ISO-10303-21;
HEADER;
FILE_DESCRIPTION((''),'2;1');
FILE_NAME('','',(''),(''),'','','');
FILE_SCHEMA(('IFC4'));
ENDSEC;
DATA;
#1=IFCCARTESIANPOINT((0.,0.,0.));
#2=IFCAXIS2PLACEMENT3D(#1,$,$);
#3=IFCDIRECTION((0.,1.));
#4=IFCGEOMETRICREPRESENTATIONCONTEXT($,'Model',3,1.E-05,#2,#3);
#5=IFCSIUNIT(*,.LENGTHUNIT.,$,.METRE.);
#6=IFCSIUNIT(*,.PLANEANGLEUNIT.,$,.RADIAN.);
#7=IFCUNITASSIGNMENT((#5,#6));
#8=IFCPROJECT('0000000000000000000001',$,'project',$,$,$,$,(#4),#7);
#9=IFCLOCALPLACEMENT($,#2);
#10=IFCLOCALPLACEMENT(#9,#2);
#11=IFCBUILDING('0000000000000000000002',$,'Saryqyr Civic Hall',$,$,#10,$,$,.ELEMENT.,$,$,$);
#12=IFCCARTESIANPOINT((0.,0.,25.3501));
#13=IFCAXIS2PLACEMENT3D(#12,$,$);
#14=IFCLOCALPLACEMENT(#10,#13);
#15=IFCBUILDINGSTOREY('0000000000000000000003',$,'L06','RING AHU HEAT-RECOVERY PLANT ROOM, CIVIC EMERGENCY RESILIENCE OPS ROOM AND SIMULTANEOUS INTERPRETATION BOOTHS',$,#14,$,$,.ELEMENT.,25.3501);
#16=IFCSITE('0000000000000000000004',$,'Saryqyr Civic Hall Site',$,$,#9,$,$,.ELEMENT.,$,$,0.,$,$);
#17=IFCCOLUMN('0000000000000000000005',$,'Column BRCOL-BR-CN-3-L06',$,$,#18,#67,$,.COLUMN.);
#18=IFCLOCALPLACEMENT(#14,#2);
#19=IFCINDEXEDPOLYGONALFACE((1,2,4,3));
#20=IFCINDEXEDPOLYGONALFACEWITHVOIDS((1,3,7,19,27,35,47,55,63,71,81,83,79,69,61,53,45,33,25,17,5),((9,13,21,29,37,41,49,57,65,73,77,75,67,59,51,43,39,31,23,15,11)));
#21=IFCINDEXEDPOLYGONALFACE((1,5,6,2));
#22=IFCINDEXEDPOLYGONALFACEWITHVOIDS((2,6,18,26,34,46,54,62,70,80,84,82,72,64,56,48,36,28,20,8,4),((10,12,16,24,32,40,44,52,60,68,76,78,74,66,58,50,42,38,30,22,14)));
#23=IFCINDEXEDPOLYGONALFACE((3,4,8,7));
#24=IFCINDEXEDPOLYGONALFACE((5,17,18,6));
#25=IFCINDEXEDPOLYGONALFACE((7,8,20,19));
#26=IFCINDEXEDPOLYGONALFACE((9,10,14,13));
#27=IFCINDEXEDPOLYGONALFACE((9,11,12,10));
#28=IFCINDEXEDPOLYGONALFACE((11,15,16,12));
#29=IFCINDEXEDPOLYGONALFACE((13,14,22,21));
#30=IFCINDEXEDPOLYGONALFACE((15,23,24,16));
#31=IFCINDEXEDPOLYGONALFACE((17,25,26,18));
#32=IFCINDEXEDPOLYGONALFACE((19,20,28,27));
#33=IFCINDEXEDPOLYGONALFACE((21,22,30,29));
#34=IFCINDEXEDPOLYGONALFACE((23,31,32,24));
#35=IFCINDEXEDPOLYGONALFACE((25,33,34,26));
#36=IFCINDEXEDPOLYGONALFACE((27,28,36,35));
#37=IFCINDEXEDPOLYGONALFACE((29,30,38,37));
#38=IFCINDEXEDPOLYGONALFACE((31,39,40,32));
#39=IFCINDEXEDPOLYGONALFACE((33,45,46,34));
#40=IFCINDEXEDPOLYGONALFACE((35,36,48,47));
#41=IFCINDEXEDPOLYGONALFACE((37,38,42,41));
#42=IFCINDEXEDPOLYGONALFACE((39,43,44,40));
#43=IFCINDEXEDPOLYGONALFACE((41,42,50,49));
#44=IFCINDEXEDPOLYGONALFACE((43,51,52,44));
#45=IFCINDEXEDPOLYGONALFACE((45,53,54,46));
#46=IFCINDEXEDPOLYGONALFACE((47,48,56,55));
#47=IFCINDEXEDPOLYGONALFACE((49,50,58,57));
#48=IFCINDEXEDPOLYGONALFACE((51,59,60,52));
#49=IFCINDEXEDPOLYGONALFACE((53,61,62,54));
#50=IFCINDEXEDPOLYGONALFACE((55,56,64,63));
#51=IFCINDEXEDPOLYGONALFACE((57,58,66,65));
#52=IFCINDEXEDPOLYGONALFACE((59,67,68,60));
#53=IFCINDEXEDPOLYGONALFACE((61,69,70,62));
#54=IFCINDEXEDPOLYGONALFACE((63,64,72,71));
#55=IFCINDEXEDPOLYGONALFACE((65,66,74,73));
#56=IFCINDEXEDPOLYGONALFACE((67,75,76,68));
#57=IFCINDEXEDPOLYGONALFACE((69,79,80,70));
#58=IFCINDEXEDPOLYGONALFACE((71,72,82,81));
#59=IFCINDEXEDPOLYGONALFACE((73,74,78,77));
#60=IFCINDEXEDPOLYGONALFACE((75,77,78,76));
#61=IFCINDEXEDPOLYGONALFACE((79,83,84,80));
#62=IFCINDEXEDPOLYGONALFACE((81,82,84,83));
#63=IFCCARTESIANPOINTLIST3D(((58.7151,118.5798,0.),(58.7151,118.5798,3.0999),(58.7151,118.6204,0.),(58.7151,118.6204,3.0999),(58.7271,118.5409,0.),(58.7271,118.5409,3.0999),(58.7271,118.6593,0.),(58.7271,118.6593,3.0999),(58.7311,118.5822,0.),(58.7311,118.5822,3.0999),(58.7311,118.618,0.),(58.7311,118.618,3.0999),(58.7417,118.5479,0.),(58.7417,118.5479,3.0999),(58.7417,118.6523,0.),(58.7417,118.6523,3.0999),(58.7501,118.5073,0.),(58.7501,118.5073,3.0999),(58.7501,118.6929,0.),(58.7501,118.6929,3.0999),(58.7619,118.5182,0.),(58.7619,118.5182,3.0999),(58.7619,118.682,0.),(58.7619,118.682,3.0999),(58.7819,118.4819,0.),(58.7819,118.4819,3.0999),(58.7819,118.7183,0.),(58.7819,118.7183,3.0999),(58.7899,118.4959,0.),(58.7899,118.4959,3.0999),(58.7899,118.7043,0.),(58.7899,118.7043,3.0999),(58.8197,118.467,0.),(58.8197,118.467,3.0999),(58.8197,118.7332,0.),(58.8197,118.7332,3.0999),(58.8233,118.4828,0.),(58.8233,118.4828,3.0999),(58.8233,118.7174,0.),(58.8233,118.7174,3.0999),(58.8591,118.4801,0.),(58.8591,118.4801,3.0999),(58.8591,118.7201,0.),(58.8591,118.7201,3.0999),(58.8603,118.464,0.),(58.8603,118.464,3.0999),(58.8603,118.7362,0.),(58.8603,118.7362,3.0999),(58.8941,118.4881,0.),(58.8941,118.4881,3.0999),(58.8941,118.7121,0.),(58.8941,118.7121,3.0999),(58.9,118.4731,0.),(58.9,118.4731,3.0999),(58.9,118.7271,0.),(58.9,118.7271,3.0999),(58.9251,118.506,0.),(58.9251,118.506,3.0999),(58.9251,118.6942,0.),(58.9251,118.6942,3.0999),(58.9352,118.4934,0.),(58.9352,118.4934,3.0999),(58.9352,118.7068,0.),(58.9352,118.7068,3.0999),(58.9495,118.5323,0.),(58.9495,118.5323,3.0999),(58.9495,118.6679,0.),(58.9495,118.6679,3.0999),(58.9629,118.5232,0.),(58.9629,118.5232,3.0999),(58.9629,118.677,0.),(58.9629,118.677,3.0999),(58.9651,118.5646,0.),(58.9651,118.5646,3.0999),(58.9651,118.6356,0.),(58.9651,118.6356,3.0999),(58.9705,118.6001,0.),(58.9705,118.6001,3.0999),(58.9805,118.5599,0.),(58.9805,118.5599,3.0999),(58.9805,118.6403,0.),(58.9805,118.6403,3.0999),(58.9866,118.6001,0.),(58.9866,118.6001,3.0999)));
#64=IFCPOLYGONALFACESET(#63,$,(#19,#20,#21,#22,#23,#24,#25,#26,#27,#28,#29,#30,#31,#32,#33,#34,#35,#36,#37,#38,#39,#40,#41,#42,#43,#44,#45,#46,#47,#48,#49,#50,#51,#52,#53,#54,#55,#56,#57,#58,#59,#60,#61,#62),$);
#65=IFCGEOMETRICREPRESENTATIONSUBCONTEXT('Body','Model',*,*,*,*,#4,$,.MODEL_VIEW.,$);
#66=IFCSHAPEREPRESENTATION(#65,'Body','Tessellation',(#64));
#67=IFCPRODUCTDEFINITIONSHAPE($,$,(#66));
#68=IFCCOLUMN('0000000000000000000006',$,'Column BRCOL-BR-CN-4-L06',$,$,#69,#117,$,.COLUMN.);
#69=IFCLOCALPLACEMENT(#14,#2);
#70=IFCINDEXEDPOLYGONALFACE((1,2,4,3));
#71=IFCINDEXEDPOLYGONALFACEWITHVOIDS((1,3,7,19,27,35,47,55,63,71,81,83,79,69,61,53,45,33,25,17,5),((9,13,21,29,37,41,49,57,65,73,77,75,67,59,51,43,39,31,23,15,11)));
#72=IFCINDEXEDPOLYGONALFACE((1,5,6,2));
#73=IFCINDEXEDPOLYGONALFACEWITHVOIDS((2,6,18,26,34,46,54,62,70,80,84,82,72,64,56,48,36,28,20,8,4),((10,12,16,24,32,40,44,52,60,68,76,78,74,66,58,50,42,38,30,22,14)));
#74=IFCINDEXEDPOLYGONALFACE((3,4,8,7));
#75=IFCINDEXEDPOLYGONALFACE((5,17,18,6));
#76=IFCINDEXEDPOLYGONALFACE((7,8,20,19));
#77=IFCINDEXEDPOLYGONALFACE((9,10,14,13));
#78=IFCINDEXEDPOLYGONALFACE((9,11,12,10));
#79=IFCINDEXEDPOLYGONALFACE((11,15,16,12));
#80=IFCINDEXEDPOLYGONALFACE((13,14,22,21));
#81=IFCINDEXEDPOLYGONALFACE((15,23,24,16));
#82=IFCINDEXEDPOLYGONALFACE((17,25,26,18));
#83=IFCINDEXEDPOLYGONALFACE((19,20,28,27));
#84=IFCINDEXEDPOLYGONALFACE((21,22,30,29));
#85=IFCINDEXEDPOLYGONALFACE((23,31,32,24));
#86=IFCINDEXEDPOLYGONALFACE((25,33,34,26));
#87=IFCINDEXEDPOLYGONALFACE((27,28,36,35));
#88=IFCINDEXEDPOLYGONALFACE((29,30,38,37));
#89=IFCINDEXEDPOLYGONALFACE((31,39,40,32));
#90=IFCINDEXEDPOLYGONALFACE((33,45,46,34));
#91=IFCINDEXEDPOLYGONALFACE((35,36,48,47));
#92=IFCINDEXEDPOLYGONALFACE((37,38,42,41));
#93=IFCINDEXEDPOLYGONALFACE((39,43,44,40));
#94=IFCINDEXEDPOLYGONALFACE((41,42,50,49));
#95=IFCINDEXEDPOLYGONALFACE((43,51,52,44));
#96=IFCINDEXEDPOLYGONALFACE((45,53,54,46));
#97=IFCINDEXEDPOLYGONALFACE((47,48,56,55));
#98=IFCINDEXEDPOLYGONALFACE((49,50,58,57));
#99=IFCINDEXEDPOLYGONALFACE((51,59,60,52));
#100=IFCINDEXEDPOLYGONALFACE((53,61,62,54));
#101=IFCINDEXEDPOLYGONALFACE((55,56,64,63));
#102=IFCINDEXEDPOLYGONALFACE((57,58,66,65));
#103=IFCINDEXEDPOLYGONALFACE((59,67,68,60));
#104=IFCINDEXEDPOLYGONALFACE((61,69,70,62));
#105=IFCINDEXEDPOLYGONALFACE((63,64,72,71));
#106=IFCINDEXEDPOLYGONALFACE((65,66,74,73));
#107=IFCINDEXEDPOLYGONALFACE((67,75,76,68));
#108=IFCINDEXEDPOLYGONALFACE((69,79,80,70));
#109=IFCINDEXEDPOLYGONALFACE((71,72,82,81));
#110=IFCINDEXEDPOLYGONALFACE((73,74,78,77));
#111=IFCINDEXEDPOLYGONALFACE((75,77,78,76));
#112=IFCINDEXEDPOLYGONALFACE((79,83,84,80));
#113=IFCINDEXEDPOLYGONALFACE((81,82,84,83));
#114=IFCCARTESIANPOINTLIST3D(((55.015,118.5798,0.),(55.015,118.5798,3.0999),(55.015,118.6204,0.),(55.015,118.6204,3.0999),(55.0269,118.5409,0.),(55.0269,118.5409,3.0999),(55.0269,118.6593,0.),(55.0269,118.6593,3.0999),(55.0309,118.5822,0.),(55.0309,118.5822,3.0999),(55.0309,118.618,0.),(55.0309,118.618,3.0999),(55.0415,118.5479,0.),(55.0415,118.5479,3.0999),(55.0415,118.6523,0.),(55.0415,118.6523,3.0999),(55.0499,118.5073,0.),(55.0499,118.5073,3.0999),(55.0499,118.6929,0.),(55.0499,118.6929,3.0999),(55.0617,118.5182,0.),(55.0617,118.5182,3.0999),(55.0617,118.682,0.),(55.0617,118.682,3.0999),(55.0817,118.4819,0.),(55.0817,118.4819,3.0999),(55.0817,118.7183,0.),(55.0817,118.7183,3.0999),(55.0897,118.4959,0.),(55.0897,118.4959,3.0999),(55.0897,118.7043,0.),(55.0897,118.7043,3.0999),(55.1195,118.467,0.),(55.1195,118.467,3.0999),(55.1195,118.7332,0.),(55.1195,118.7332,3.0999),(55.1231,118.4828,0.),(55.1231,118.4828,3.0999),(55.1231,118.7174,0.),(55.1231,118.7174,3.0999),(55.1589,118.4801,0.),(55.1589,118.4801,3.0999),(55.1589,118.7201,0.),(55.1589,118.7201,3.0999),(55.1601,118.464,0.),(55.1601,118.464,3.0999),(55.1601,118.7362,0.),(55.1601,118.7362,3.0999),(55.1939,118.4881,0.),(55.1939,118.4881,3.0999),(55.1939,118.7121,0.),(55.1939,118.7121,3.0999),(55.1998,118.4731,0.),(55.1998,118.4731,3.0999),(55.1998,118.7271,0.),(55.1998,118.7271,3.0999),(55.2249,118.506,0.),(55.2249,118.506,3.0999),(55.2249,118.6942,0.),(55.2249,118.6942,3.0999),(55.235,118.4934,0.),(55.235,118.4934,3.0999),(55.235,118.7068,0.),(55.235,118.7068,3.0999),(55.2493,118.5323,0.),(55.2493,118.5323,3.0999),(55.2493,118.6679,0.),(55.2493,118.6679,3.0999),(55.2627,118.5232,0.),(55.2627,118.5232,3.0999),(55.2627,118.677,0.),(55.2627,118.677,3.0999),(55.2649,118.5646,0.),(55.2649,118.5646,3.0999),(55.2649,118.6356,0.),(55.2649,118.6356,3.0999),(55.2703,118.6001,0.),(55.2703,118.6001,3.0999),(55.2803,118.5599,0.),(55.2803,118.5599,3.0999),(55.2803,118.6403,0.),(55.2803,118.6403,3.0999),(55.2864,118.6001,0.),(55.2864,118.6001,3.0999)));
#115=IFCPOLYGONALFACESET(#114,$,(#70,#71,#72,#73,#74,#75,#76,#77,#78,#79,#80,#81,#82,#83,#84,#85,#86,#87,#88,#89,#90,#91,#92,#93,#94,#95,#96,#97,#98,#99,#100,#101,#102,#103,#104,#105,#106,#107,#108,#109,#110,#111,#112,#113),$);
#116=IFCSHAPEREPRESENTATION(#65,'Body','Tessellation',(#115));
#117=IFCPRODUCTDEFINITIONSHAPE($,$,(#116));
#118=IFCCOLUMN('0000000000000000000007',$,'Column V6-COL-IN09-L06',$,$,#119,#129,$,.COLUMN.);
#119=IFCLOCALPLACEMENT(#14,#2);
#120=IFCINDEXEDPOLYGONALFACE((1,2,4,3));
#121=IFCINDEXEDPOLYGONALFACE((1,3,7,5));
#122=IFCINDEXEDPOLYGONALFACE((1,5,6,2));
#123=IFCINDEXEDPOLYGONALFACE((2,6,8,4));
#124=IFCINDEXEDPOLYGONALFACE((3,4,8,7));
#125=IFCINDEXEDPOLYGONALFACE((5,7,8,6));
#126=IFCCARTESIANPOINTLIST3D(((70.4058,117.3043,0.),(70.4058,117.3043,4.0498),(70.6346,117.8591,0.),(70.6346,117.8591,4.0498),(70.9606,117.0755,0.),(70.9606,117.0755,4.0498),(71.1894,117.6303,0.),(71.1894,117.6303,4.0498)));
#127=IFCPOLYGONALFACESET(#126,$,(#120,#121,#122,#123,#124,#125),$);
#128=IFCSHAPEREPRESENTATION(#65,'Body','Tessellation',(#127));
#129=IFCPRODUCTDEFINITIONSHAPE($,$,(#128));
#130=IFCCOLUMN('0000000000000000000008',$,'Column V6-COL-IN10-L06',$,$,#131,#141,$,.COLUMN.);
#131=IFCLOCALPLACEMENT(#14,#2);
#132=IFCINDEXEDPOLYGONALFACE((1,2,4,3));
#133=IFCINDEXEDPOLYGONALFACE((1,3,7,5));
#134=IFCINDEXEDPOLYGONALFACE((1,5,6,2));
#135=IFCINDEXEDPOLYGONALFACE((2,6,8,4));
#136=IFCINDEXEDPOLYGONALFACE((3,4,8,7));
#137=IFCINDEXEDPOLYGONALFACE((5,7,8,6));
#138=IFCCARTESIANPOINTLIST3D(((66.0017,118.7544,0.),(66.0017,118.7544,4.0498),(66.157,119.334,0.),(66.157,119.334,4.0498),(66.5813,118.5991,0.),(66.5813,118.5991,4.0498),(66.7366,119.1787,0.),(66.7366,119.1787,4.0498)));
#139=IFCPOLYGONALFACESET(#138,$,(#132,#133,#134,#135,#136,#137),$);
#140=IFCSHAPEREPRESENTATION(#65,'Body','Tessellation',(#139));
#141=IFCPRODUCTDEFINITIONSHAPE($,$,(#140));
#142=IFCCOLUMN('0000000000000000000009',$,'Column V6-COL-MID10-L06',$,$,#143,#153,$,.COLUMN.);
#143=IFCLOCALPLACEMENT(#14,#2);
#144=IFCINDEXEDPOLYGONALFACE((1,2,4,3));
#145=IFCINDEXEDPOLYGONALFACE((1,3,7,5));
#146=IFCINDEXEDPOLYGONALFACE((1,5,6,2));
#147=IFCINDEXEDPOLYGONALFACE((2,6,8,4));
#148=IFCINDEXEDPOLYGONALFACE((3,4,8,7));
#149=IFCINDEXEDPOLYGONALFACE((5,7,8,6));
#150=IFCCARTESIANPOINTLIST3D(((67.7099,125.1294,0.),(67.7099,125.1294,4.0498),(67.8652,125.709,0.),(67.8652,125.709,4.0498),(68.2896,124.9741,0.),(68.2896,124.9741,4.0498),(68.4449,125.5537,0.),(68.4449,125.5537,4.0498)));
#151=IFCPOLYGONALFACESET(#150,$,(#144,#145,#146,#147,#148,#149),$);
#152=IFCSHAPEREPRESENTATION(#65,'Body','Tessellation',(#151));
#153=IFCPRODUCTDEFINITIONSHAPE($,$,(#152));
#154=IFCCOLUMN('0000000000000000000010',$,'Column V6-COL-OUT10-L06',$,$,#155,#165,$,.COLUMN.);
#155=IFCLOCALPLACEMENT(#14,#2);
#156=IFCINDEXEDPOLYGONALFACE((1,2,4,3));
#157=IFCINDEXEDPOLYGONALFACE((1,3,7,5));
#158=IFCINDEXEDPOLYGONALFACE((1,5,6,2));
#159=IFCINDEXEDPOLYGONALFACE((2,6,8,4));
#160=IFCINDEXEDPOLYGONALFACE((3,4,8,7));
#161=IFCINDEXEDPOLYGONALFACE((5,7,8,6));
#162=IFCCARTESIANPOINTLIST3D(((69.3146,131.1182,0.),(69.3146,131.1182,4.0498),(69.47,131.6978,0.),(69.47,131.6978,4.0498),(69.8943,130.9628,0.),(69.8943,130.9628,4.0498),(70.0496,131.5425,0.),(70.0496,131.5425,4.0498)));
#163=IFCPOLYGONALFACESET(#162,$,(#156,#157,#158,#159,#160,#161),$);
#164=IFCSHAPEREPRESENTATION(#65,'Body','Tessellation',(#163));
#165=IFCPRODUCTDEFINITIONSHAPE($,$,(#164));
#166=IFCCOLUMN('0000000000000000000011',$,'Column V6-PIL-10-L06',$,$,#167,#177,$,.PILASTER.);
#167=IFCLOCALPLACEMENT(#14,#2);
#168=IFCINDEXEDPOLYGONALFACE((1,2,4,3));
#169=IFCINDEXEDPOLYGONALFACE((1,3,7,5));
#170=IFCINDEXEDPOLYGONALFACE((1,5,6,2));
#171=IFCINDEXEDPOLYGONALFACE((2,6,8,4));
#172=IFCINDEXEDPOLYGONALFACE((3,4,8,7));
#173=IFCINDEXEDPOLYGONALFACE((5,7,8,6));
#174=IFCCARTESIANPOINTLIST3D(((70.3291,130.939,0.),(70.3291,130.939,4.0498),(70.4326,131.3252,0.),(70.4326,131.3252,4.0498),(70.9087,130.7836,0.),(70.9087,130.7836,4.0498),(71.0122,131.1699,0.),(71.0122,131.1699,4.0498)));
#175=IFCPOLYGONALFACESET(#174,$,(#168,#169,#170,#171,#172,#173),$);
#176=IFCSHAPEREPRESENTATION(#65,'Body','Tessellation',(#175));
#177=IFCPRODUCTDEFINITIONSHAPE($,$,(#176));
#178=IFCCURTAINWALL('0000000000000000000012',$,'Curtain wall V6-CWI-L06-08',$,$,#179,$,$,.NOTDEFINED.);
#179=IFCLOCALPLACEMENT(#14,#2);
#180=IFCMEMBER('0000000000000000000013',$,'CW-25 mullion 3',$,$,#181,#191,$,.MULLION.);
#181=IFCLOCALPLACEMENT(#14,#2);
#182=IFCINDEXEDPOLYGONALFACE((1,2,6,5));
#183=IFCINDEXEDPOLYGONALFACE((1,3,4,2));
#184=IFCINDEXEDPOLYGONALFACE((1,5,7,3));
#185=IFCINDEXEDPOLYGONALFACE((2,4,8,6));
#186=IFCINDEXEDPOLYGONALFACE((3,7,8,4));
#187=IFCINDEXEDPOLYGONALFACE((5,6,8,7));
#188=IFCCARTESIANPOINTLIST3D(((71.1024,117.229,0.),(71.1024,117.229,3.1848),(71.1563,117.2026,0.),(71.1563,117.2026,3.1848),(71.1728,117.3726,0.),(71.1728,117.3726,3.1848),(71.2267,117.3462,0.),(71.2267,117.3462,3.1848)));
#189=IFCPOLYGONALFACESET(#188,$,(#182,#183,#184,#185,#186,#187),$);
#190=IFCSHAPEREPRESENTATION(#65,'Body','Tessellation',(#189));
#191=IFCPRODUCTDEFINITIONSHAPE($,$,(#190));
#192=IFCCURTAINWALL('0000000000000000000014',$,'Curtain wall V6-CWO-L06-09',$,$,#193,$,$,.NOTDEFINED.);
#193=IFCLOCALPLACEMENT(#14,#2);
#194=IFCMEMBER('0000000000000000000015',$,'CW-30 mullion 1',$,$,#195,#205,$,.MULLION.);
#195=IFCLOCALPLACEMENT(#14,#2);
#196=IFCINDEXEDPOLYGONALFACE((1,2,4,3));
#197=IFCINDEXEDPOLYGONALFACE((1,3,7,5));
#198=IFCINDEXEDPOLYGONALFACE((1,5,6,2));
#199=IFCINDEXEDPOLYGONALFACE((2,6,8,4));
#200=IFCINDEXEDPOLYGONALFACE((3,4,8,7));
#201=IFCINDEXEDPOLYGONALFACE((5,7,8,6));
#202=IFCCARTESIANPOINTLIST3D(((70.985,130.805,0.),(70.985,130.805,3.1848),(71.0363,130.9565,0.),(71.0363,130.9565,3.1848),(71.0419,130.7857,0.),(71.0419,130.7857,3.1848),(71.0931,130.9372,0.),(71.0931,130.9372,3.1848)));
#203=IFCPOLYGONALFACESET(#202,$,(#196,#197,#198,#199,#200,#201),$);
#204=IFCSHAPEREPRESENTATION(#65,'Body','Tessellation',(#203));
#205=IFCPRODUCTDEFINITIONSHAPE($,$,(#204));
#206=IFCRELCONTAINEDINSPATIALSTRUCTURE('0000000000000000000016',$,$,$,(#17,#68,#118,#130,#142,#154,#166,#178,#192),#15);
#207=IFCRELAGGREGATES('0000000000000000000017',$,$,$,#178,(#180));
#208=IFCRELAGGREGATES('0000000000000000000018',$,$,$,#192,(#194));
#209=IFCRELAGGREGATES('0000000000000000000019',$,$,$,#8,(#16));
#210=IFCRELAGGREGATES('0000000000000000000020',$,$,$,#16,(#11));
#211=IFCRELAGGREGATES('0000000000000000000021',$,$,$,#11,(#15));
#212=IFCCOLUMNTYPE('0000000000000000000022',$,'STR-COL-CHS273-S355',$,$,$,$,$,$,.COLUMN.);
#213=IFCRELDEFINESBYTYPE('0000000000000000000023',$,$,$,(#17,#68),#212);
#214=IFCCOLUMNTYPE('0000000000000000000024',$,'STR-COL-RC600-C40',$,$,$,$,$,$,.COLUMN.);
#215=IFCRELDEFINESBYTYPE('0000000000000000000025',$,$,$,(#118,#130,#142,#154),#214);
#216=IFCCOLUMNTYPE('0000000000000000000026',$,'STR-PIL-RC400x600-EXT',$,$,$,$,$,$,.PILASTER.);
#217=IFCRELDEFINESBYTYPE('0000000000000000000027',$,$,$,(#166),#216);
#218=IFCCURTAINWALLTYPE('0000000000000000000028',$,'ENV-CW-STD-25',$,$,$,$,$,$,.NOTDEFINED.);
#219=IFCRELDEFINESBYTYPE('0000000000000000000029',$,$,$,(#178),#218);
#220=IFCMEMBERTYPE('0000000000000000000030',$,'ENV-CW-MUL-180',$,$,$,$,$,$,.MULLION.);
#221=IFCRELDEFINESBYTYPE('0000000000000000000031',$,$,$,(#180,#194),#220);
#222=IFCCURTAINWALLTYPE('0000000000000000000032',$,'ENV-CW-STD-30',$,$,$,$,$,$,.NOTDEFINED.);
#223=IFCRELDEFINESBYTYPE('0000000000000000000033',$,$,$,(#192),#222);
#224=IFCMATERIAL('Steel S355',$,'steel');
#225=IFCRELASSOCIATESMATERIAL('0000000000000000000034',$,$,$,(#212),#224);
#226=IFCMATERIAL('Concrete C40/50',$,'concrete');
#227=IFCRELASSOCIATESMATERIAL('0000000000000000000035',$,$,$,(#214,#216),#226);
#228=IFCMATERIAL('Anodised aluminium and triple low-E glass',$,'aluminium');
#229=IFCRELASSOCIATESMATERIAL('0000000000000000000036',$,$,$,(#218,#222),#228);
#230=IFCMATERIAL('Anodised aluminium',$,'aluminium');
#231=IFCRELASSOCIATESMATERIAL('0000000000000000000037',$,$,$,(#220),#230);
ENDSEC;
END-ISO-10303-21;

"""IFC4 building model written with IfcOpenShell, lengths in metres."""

from ifc_helpers import new_model, si_unit, direction, frame, origin, origin_2d, place, context, subcontext, project, spatial, rectangle, hollow_circle, extrude, material, material_profile, profile_set, type_object, element, aggregate, save


model = new_model("IFC4")

# Units and contexts
model_context = context("Model", 3, precision=1e-05, world=origin(), true_north=direction((0.0, 1.0)))
body_context = subcontext(model_context, "Body", "Model", "MODEL_VIEW")
ifc_project = project(units=[si_unit("LENGTHUNIT", "METRE"), si_unit("PLANEANGLEUNIT", "RADIAN")], contexts=[model_context])

# Site, building, storey
site_placement = place(None, origin())
site = spatial("IfcSite", under=ifc_project, at=site_placement, Name="Saryqyr Civic Hall Site", CompositionType="ELEMENT", RefElevation=0.0)
building_placement = place(site_placement, origin())
building = spatial("IfcBuilding", under=site, at=building_placement, Name="Saryqyr Civic Hall", CompositionType="ELEMENT")
storey_placement = place(building_placement, frame((0.0, 0.0, 25.3501)))
storey = spatial("IfcBuildingStorey", under=building, at=storey_placement, Name="L06", Description="RING AHU HEAT-RECOVERY PLANT ROOM, CIVIC EMERGENCY RESILIENCE OPS ROOM AND SIMULTANEOUS INTERPRETATION BOOTHS", CompositionType="ELEMENT", Elevation=25.3501)

# Columns
ifc_material_1 = material(Name="Steel S355", Category="steel")
ifc_material_profile_1 = material_profile(ifc_material_1, hollow_circle(Radius=0.1365, WallThickness=0.0161, at=origin_2d()), Name="CHS 273x16")
ifc_profile_set_1 = profile_set([ifc_material_profile_1], Name="Steel S355")
column_type_1 = type_object("IfcColumnType", Name="STR-COL-CHS273-S355", PredefinedType="COLUMN", material=ifc_profile_set_1)
for number, where, z_axis, x_axis, name in (
    (1, (58.8501, 118.6001, 0.0), (0.0, 0.0, 1.0), (1.0, 0.0, 0.0), "Column BRCOL-BR-CN-3-L06"),
    (2, (55.1499, 118.6001, 0.0), (0.0, 0.0, 1.0), (1.0, 0.0, 0.0), "Column BRCOL-BR-CN-4-L06"),
):
    element("IfcColumn", number, at=place(storey_placement, frame(where, z_axis=z_axis, x_axis=x_axis)), inside=storey, type_object=column_type_1, Name=name, PredefinedType="COLUMN", context=body_context, shape_type="SweptSolid", body=[
        extrude(hollow_circle(Radius=0.1365, WallThickness=0.0161, at=origin_2d()), origin(), (0.0, 0.0, 1.0), 3.0999),
    ])
ifc_material_2 = material(Name="Concrete C40/50", Category="concrete")
ifc_material_profile_2 = material_profile(ifc_material_2, rectangle(XDim=0.6001, YDim=0.6001, at=origin_2d()), Name="RC 600x600")
ifc_profile_set_2 = profile_set([ifc_material_profile_2], Name="Concrete C40/50")
column_type_2 = type_object("IfcColumnType", Name="STR-COL-RC600-C40", PredefinedType="COLUMN", material=ifc_profile_set_2)
for number, where, z_axis, x_axis, name in (
    (3, (70.7976, 117.4673, 0.0), (0.0, 0.0, 1.0), (0.381232, 0.92448, 0.0), "Column V6-COL-IN09-L06"),
    (4, (66.3691, 118.9666, 0.0), (0.0, 0.0, 1.0), (0.258819, 0.965926, 0.0), "Column V6-COL-IN10-L06"),
    (5, (68.0774, 125.3416, 0.0), (0.0, 0.0, 1.0), (0.258819, 0.965926, 0.0), "Column V6-COL-MID10-L06"),
    (6, (69.6821, 131.3303, 0.0), (0.0, 0.0, 1.0), (0.258819, 0.965926, 0.0), "Column V6-COL-OUT10-L06"),
):
    element("IfcColumn", number, at=place(storey_placement, frame(where, z_axis=z_axis, x_axis=x_axis)), inside=storey, type_object=column_type_2, Name=name, PredefinedType="COLUMN", context=body_context, shape_type="SweptSolid", body=[
        extrude(rectangle(XDim=0.6001, YDim=0.6001, at=origin_2d()), origin(), (0.0, 0.0, 1.0), 4.0498),
    ])
ifc_material_profile_3 = material_profile(ifc_material_2, rectangle(XDim=0.3999, YDim=0.6001, at=origin_2d()), Name="RC 400x600")
ifc_profile_set_3 = profile_set([ifc_material_profile_3], Name="Concrete C40/50")
column_type_3 = type_object("IfcColumnType", Name="STR-PIL-RC400x600-EXT", PredefinedType="PILASTER", material=ifc_profile_set_3)
column_placement = place(storey_placement, frame((70.6707, 131.0544, 0.0), z_axis=(0.0, 0.0, 1.0), x_axis=(0.258819, 0.965926, 0.0)))
element("IfcColumn", 7, at=column_placement, inside=storey, type_object=column_type_3, Name="Column V6-PIL-10-L06", PredefinedType="PILASTER", context=body_context, shape_type="SweptSolid", body=[
    extrude(rectangle(XDim=0.3999, YDim=0.6001, at=origin_2d()), origin(), (0.0, 0.0, 1.0), 4.0498),
])

# Curtain walls, members
ifc_material_3 = material(Name="Anodised aluminium and triple low-E glass", Category="aluminium")
curtain_wall_type_1 = type_object("IfcCurtainWallType", Name="ENV-CW-STD-25", PredefinedType="NOTDEFINED", material=ifc_material_3)
curtain_wall_1_placement = place(storey_placement, origin())
curtain_wall_1 = element("IfcCurtainWall", 8, at=curtain_wall_1_placement, inside=storey, type_object=curtain_wall_type_1, Name="Curtain wall V6-CWI-L06-08", PredefinedType="NOTDEFINED")
ifc_material_4 = material(Name="Anodised aluminium", Category="aluminium")
ifc_material_profile_4 = material_profile(ifc_material_4, rectangle(XDim=0.0601, YDim=0.1599, at=origin_2d()), Name="ALU MULLION 60x160")
ifc_profile_set_4 = profile_set([ifc_material_profile_4], Name="Anodised aluminium")
member_type_1 = type_object("IfcMemberType", Name="ENV-CW-MUL-180", PredefinedType="MULLION", material=ifc_profile_set_4)
member_1_placement = place(storey_placement, frame((71.1646, 117.2876, 0.0), z_axis=(0.0, 0.0, 1.0), x_axis=(-0.897962, 0.440073, 0.0)))
member_1 = element("IfcMember", 9, at=member_1_placement, type_object=member_type_1, Name="CW-25 mullion 3", PredefinedType="MULLION", context=body_context, shape_type="SweptSolid", body=[
    extrude(rectangle(XDim=0.0601, YDim=0.1599, at=origin_2d()), origin(), (0.0, 0.0, 1.0), 3.1848),
])
aggregate(curtain_wall_1, [member_1])
curtain_wall_type_2 = type_object("IfcCurtainWallType", Name="ENV-CW-STD-30", PredefinedType="NOTDEFINED", material=ifc_material_3)
curtain_wall_2_placement = place(storey_placement, origin())
curtain_wall_2 = element("IfcCurtainWall", 10, at=curtain_wall_2_placement, inside=storey, type_object=curtain_wall_type_2, Name="Curtain wall V6-CWO-L06-09", PredefinedType="NOTDEFINED")
member_2_placement = place(storey_placement, frame((71.0391, 130.8711, 0.0), z_axis=(0.0, 0.0, 1.0), x_axis=(0.94719, -0.320671, 0.0)))
member_2 = element("IfcMember", 11, at=member_2_placement, type_object=member_type_1, Name="CW-30 mullion 1", PredefinedType="MULLION", context=body_context, shape_type="SweptSolid", body=[
    extrude(rectangle(XDim=0.0601, YDim=0.1599, at=origin_2d()), origin(), (0.0, 0.0, 1.0), 3.1848),
])

aggregate(curtain_wall_2, [member_2])

save(model, "model.ifc")
